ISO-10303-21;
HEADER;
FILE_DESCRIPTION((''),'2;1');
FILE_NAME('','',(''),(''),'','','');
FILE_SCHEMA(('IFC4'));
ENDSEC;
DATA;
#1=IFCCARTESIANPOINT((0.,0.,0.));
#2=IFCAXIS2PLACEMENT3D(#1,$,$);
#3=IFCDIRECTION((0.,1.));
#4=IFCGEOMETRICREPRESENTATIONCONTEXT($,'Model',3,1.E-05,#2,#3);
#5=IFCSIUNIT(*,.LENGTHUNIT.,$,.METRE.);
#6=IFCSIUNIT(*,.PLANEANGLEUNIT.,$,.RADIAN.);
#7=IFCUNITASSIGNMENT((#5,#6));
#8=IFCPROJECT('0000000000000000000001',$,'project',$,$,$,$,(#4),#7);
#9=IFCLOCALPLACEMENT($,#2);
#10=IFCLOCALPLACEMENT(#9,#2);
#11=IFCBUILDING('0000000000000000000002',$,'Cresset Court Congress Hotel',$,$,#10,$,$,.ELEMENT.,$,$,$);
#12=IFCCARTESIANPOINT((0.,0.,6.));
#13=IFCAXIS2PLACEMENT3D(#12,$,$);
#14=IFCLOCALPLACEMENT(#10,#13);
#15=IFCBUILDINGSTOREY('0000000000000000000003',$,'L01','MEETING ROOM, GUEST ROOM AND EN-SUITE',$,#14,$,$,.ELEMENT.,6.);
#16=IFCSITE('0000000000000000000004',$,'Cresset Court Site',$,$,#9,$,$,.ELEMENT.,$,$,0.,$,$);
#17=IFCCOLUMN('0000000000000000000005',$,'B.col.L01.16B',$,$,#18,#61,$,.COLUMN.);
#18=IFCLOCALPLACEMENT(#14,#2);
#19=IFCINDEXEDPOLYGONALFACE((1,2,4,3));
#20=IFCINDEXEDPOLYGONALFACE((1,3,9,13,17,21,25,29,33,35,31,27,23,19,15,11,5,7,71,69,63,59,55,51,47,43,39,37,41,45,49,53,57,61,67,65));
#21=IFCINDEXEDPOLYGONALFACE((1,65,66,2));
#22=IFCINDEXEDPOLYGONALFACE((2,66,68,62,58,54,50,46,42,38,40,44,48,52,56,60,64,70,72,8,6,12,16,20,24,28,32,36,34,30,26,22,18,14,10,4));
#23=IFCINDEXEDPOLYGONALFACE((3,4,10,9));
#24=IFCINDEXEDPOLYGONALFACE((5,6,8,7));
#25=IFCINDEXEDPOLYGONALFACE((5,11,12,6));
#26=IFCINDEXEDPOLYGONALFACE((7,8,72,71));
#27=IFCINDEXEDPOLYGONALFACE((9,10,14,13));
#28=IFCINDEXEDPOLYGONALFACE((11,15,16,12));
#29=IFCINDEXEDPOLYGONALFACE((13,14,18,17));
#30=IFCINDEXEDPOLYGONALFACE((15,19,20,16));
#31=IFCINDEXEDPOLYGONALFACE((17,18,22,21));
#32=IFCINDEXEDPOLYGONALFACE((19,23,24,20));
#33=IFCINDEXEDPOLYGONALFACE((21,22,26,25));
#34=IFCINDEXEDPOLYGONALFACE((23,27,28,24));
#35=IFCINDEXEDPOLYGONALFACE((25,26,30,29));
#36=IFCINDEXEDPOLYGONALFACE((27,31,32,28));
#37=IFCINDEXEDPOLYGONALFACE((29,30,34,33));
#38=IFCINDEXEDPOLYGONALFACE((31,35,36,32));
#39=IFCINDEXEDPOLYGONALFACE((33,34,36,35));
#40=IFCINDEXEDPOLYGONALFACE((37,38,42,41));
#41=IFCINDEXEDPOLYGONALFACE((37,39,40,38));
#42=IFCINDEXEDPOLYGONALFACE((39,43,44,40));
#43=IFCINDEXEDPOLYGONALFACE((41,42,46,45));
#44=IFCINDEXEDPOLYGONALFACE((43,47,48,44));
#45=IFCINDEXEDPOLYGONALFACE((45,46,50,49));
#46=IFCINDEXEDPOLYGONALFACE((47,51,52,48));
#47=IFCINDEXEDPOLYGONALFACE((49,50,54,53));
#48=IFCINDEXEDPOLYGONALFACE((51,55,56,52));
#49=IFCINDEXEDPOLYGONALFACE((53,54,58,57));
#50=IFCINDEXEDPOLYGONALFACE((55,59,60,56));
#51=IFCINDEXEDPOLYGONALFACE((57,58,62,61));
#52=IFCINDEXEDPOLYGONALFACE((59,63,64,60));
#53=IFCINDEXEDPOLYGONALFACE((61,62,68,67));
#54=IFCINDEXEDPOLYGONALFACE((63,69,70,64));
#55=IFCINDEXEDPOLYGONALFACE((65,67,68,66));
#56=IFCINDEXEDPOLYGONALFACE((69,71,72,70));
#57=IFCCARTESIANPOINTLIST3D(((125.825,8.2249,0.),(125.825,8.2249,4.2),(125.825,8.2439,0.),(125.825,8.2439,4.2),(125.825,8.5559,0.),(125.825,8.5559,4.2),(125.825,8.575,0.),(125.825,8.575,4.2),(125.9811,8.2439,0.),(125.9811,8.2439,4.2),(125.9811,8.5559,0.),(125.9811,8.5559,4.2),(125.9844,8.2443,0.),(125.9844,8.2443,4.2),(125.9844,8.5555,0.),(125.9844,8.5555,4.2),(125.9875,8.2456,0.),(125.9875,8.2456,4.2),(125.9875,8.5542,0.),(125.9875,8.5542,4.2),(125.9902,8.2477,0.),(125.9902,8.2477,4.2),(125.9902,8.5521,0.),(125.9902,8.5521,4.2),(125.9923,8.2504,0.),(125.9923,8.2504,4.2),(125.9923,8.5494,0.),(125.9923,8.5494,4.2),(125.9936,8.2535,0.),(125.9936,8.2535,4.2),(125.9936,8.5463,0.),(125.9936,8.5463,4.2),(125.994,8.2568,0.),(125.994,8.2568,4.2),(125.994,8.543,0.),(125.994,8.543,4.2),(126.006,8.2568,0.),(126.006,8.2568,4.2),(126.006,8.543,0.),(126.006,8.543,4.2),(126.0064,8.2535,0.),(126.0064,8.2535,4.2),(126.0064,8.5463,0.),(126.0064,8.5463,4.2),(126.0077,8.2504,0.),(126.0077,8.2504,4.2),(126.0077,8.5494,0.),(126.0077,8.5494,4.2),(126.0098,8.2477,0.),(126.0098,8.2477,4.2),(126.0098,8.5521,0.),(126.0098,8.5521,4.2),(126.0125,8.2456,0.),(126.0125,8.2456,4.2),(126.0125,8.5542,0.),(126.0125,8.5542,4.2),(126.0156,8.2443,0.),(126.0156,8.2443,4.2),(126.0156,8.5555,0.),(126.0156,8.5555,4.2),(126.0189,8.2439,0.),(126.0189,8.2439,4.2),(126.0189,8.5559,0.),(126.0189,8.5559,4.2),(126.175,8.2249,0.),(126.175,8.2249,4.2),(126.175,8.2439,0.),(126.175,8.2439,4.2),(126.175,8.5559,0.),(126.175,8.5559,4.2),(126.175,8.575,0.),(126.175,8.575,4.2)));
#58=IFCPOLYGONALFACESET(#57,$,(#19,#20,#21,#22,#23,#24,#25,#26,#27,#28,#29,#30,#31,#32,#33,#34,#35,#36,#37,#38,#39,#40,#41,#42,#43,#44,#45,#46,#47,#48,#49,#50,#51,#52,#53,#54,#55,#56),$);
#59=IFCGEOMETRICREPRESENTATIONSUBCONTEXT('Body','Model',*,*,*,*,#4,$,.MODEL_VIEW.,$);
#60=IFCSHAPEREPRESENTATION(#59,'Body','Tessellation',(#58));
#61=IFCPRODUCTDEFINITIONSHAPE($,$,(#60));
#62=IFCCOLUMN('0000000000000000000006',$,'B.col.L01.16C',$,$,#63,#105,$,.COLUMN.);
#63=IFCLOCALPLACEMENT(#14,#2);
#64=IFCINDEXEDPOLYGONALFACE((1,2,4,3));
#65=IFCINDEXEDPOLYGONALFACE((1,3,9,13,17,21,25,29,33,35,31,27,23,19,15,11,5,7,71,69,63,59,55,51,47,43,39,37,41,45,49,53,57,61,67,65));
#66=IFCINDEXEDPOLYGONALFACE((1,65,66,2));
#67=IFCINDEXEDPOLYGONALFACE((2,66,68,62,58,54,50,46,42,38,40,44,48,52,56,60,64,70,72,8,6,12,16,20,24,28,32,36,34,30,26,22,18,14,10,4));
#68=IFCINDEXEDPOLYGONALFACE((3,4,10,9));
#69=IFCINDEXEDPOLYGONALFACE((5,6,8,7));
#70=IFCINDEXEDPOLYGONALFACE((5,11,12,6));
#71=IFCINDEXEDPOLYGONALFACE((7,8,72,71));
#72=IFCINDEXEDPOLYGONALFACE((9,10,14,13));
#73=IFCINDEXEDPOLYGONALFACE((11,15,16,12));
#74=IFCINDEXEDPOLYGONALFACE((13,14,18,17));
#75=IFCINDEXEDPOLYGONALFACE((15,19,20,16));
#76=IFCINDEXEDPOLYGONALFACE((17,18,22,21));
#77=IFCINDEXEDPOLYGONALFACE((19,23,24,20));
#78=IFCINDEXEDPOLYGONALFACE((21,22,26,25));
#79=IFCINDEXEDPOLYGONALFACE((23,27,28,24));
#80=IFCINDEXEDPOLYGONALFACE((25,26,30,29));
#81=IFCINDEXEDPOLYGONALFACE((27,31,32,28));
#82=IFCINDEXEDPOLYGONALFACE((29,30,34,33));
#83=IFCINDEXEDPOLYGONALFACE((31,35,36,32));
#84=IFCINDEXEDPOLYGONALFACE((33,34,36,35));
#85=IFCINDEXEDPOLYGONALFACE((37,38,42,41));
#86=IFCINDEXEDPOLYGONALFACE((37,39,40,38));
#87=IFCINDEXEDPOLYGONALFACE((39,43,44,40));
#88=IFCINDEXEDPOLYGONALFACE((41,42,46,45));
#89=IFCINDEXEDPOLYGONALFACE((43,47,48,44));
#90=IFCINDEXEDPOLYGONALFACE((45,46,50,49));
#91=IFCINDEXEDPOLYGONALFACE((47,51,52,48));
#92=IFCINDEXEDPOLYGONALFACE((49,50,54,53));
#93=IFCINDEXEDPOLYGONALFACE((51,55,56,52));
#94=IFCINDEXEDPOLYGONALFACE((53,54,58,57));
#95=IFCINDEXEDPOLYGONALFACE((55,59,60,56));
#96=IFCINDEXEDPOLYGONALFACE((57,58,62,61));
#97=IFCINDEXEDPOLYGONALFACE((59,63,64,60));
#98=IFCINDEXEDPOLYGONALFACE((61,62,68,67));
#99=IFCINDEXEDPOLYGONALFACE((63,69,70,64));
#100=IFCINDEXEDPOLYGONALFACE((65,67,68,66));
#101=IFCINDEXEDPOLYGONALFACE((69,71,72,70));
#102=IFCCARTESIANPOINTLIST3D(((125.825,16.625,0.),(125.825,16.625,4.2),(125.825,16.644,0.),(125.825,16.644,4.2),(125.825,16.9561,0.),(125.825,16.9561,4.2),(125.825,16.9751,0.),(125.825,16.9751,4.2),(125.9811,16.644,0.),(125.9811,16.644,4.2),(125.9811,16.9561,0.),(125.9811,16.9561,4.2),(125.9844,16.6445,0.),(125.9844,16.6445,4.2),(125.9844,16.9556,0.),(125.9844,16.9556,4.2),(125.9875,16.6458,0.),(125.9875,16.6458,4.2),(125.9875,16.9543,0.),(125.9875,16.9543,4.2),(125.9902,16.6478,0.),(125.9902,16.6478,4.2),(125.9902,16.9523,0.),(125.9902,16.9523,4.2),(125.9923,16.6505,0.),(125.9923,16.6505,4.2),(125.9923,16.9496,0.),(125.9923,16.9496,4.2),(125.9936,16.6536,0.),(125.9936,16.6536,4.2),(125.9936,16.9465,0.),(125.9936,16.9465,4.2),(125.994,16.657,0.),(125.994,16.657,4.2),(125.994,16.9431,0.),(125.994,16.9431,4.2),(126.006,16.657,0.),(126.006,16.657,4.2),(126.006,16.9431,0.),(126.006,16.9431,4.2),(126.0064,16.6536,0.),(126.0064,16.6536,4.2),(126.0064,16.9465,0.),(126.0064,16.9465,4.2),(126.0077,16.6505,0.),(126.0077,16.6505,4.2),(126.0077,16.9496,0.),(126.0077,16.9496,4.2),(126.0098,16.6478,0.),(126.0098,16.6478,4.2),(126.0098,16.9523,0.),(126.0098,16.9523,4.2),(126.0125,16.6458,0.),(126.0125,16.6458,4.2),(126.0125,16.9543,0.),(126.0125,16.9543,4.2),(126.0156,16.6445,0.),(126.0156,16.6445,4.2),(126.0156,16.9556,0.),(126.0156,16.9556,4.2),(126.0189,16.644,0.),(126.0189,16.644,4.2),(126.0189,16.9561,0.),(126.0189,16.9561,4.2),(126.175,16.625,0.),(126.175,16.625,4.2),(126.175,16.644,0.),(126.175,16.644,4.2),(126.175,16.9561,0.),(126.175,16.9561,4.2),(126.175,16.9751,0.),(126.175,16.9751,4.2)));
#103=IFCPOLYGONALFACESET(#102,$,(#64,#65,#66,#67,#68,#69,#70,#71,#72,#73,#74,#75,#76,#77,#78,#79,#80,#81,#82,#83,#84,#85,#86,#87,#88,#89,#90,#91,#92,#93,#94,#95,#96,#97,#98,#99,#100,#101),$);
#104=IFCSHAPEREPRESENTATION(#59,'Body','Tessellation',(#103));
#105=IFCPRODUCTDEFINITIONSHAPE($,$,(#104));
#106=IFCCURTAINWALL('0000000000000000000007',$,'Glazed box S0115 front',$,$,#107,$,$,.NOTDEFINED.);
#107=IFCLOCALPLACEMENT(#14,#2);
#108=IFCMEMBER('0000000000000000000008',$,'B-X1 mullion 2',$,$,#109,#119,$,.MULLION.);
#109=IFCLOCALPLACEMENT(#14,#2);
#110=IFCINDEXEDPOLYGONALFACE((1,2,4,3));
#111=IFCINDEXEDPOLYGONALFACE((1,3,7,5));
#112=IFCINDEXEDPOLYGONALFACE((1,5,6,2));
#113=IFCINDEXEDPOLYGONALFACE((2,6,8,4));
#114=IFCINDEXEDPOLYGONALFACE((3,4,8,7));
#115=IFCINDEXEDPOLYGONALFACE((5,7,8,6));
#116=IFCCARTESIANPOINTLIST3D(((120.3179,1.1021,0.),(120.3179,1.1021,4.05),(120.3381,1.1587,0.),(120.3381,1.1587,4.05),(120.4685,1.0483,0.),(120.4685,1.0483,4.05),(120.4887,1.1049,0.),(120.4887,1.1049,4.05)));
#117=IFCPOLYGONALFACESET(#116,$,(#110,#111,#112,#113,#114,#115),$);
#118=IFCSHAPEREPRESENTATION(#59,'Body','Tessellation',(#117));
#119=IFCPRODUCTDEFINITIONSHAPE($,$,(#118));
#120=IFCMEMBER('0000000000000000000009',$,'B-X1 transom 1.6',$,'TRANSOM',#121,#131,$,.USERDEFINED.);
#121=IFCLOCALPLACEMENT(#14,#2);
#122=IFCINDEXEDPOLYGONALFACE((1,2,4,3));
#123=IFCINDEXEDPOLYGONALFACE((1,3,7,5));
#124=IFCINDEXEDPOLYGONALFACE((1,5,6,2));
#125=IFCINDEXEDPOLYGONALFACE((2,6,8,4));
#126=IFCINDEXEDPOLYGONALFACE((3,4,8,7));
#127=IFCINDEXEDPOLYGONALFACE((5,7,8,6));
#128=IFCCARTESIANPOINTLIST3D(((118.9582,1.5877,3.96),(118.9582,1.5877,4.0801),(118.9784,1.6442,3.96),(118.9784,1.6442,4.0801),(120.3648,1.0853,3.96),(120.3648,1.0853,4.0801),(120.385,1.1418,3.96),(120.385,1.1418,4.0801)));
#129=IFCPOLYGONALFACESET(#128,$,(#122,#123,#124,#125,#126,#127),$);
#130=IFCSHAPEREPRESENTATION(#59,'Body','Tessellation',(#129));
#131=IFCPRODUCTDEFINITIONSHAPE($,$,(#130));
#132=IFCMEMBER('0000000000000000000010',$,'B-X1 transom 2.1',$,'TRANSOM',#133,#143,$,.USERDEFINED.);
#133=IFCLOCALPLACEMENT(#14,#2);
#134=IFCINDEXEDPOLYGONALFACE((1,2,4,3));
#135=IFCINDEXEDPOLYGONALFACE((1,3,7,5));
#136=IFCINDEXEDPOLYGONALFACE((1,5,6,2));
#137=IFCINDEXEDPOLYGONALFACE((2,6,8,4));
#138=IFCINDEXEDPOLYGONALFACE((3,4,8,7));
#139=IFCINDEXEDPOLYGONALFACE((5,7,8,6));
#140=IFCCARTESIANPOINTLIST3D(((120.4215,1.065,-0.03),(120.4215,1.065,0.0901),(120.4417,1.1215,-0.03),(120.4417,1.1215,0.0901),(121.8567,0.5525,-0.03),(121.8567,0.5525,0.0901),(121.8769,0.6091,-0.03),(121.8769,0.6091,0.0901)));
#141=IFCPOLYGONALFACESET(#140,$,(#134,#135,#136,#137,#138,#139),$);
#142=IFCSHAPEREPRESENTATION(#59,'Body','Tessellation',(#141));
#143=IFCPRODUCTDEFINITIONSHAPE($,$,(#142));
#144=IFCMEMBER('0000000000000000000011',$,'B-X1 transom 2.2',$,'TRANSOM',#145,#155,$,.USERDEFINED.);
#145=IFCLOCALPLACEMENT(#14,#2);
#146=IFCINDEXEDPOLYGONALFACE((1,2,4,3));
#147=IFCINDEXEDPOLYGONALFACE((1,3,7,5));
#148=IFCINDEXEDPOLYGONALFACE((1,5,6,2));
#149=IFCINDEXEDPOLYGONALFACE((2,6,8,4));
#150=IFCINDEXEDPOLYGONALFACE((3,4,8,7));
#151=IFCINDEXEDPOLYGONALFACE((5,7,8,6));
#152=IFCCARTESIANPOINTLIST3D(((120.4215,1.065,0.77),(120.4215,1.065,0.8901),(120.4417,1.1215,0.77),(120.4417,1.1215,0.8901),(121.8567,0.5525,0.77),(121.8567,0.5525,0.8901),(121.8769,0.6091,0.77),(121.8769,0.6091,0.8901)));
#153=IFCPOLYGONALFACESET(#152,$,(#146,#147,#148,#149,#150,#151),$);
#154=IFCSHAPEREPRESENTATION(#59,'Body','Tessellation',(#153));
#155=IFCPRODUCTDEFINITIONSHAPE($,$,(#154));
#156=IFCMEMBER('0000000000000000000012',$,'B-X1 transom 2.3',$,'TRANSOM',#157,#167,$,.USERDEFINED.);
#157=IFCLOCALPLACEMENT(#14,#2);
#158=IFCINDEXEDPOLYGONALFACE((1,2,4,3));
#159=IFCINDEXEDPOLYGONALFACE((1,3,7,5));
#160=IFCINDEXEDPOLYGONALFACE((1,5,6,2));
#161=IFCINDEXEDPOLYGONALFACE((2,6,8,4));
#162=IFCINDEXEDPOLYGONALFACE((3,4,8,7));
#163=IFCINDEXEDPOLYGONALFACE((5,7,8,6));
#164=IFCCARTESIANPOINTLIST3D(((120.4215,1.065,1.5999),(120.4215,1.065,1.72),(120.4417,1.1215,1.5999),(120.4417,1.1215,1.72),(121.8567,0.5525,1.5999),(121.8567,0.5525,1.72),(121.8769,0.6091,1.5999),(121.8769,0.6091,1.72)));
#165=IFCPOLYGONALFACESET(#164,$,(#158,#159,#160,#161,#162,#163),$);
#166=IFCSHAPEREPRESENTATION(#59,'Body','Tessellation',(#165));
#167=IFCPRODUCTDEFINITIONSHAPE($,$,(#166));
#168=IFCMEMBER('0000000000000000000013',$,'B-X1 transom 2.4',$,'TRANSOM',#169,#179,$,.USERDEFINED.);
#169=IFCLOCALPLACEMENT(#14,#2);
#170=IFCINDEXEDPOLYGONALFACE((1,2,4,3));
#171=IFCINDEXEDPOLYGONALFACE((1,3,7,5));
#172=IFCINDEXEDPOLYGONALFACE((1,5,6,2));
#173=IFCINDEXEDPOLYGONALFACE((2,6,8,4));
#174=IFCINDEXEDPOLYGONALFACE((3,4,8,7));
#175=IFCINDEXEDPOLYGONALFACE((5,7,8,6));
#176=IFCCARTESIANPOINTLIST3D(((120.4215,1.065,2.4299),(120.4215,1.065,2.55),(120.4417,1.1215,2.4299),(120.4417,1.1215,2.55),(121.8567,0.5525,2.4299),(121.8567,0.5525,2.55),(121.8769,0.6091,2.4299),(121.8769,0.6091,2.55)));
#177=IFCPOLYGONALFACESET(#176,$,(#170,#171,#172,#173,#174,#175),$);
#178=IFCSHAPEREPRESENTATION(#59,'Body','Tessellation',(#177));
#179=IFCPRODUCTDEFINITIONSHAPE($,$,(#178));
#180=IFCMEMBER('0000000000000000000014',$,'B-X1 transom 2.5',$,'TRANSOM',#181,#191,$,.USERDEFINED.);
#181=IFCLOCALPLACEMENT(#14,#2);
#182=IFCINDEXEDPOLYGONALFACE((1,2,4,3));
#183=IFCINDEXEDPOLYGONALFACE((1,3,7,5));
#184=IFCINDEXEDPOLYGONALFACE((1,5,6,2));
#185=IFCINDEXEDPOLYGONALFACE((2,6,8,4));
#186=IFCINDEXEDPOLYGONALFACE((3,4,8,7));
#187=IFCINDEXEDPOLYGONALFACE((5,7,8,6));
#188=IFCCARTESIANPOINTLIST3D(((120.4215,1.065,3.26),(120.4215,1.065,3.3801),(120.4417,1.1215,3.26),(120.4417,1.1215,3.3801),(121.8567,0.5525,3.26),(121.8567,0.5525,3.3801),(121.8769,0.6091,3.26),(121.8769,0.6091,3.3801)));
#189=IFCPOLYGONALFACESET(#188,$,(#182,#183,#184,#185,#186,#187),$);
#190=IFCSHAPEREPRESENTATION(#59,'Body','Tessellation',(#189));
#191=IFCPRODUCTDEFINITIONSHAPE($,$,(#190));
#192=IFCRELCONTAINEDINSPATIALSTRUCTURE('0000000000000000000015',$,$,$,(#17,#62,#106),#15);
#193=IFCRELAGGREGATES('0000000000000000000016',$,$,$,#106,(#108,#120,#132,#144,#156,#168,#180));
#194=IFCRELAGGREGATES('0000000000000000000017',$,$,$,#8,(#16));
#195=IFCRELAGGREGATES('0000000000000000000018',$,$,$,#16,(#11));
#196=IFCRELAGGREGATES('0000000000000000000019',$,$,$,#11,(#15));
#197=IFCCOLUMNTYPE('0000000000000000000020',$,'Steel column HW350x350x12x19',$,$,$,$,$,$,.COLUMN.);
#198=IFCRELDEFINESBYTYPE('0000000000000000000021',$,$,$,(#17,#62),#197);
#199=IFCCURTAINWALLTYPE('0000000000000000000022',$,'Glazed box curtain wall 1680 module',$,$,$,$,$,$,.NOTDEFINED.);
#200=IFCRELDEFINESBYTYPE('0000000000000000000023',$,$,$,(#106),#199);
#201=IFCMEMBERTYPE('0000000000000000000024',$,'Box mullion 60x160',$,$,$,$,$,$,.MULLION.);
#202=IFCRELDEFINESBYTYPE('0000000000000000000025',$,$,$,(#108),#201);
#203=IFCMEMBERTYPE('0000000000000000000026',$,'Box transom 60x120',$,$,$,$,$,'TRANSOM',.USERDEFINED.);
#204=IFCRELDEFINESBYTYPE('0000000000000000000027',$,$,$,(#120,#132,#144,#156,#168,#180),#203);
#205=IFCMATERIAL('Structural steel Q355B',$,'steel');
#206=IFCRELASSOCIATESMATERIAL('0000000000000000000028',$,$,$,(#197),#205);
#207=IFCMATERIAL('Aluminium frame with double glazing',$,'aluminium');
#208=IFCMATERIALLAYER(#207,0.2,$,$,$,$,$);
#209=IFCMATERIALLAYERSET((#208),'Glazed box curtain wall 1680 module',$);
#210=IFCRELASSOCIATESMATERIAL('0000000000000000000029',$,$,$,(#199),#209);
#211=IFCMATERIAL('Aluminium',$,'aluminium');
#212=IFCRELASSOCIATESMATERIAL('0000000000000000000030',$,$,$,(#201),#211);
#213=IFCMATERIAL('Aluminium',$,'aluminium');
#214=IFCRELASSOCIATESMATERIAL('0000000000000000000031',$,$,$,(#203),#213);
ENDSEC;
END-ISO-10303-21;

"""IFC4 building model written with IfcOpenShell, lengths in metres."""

from ifc_helpers import new_model, si_unit, direction, frame, origin, origin_2d, place, context, subcontext, project, spatial, rectangle, i_section, extrude, material, layer, layer_set, material_profile, profile_set, type_object, element, aggregate, save


model = new_model("IFC4")

# Units and contexts
model_context = context("Model", 3, precision=1e-05, world=origin(), true_north=direction((0.0, 1.0)))
body_context = subcontext(model_context, "Body", "Model", "MODEL_VIEW")
ifc_project = project(units=[si_unit("LENGTHUNIT", "METRE"), si_unit("PLANEANGLEUNIT", "RADIAN")], contexts=[model_context])

# Site, building, storey
site_placement = place(None, origin())
site = spatial("IfcSite", under=ifc_project, at=site_placement, Name="Cresset Court Site", CompositionType="ELEMENT", RefElevation=0.0)
building_placement = place(site_placement, origin())
building = spatial("IfcBuilding", under=site, at=building_placement, Name="Cresset Court Congress Hotel", CompositionType="ELEMENT")
storey_placement = place(building_placement, frame((0.0, 0.0, 6.0)))
storey = spatial("IfcBuildingStorey", under=building, at=storey_placement, Name="L01", Description="MEETING ROOM, GUEST ROOM AND EN-SUITE", CompositionType="ELEMENT", Elevation=6.0)

# Columns
ifc_material_1 = material(Name="Structural steel Q355B", Category="steel")
ifc_material_profile_1 = material_profile(ifc_material_1, i_section(OverallWidth=0.3501, OverallDepth=0.3501, WebThickness=0.012, FlangeThickness=0.019, FilletRadius=0.0129, at=origin_2d()), Name="HW350x350x12x19")
ifc_profile_set_1 = profile_set([ifc_material_profile_1], Name="Structural steel Q355B")
column_type = type_object("IfcColumnType", Name="Steel column HW350x350x12x19", PredefinedType="COLUMN", material=ifc_profile_set_1)
for number, where, z_axis, x_axis, name in (
    (1, (126.0, 8.3999, 0.0), (0.0, 0.0, 1.0), (1.0, 0.0, 0.0), "B.col.L01.16B"),
    (2, (126.0, 16.8, 0.0), (0.0, 0.0, 1.0), (1.0, 0.0, 0.0), "B.col.L01.16C"),
):
    element("IfcColumn", number, at=place(storey_placement, frame(where, z_axis=z_axis, x_axis=x_axis)), inside=storey, type_object=column_type, Name=name, PredefinedType="COLUMN", context=body_context, shape_type="SweptSolid", body=[
        extrude(i_section(OverallWidth=0.3501, OverallDepth=0.3501, WebThickness=0.012, FlangeThickness=0.019, FilletRadius=0.0129, at=origin_2d()), origin(), (0.0, 0.0, 1.0), 4.2),
    ])

# Curtain wall, members
ifc_material_2 = material(Name="Aluminium frame with double glazing", Category="aluminium")
ifc_layer_1 = layer(ifc_material_2, 0.2)
ifc_layer_set_1 = layer_set([ifc_layer_1], Name="Glazed box curtain wall 1680 module")
curtain_wall_type = type_object("IfcCurtainWallType", Name="Glazed box curtain wall 1680 module", PredefinedType="NOTDEFINED", material=ifc_layer_set_1)
curtain_wall_placement = place(storey_placement, origin())
curtain_wall = element("IfcCurtainWall", 3, at=curtain_wall_placement, inside=storey, type_object=curtain_wall_type, Name="Glazed box S0115 front", PredefinedType="NOTDEFINED")
ifc_material_3 = material(Name="Aluminium", Category="aluminium")
ifc_material_profile_2 = material_profile(ifc_material_3, rectangle(XDim=0.0601, YDim=0.1599, at=origin_2d()), Name="Box mullion 60x160")
ifc_profile_set_2 = profile_set([ifc_material_profile_2], Name="Aluminium")
member_type_1 = type_object("IfcMemberType", Name="Box mullion 60x160", PredefinedType="MULLION", material=ifc_profile_set_2)
member_1_placement = place(storey_placement, frame((120.4033, 1.1035, 0.0), z_axis=(0.0, 0.0, 1.0), x_axis=(0.336336, 0.941742, 0.0)))
member_1 = element("IfcMember", 4, at=member_1_placement, type_object=member_type_1, Name="B-X1 mullion 2", PredefinedType="MULLION", context=body_context, shape_type="SweptSolid", body=[
    extrude(rectangle(XDim=0.0601, YDim=0.1599, at=origin_2d()), origin(), (0.0, 0.0, 1.0), 4.05),
])
ifc_material_4 = material(Name="Aluminium", Category="aluminium")
ifc_material_profile_3 = material_profile(ifc_material_4, rectangle(XDim=0.0601, YDim=0.1201, at=origin_2d()), Name="Box transom 60x120")
ifc_profile_set_3 = profile_set([ifc_material_profile_3], Name="Aluminium")
member_type_2 = type_object("IfcMemberType", Name="Box transom 60x120", ElementType="TRANSOM", PredefinedType="USERDEFINED", material=ifc_profile_set_3)
member_2_placement = place(storey_placement, frame((118.9683, 1.616, 4.02), z_axis=(0.941735, -0.336357, 0.0), x_axis=(0.336357, 0.941735, 0.0)))
member_2 = element("IfcMember", 5, at=member_2_placement, type_object=member_type_2, Name="B-X1 transom 1.6", ObjectType="TRANSOM", PredefinedType="USERDEFINED", context=body_context, shape_type="SweptSolid", body=[
    extrude(rectangle(XDim=0.0601, YDim=0.1201, at=origin_2d()), origin(), (0.0, 0.0, 1.0), 1.4937),
])
member_3_placement = place(storey_placement, frame((120.4316, 1.0933, 0.03), z_axis=(0.941756, -0.336296, 0.0), x_axis=(0.336296, 0.941756, 0.0)))
member_3 = element("IfcMember", 6, at=member_3_placement, type_object=member_type_2, Name="B-X1 transom 2.1", ObjectType="TRANSOM", PredefinedType="USERDEFINED", context=body_context, shape_type="SweptSolid", body=[
    extrude(rectangle(XDim=0.0601, YDim=0.1201, at=origin_2d()), origin(), (0.0, 0.0, 1.0), 1.5239),
])
member_4_placement = place(storey_placement, frame((120.4316, 1.0933, 0.8301), z_axis=(0.941756, -0.336296, 0.0), x_axis=(0.336296, 0.941756, 0.0)))
member_4 = element("IfcMember", 7, at=member_4_placement, type_object=member_type_2, Name="B-X1 transom 2.2", ObjectType="TRANSOM", PredefinedType="USERDEFINED", context=body_context, shape_type="SweptSolid", body=[
    extrude(rectangle(XDim=0.0601, YDim=0.1201, at=origin_2d()), origin(), (0.0, 0.0, 1.0), 1.5239),
])
member_5_placement = place(storey_placement, frame((120.4316, 1.0933, 1.6599), z_axis=(0.941756, -0.336296, 0.0), x_axis=(0.336296, 0.941756, 0.0)))
member_5 = element("IfcMember", 8, at=member_5_placement, type_object=member_type_2, Name="B-X1 transom 2.3", ObjectType="TRANSOM", PredefinedType="USERDEFINED", context=body_context, shape_type="SweptSolid", body=[
    extrude(rectangle(XDim=0.0601, YDim=0.1201, at=origin_2d()), origin(), (0.0, 0.0, 1.0), 1.5239),
])
member_6_placement = place(storey_placement, frame((120.4316, 1.0933, 2.49), z_axis=(0.941756, -0.336296, 0.0), x_axis=(0.336296, 0.941756, 0.0)))
member_6 = element("IfcMember", 9, at=member_6_placement, type_object=member_type_2, Name="B-X1 transom 2.4", ObjectType="TRANSOM", PredefinedType="USERDEFINED", context=body_context, shape_type="SweptSolid", body=[
    extrude(rectangle(XDim=0.0601, YDim=0.1201, at=origin_2d()), origin(), (0.0, 0.0, 1.0), 1.5239),
])
member_7_placement = place(storey_placement, frame((120.4316, 1.0933, 3.3201), z_axis=(0.941756, -0.336296, 0.0), x_axis=(0.336296, 0.941756, 0.0)))
member_7 = element("IfcMember", 10, at=member_7_placement, type_object=member_type_2, Name="B-X1 transom 2.5", ObjectType="TRANSOM", PredefinedType="USERDEFINED", context=body_context, shape_type="SweptSolid", body=[
    extrude(rectangle(XDim=0.0601, YDim=0.1201, at=origin_2d()), origin(), (0.0, 0.0, 1.0), 1.5239),
])

aggregate(curtain_wall, [member_1, member_2, member_3, member_4, member_5, member_6, member_7])

save(model, "model.ifc")
